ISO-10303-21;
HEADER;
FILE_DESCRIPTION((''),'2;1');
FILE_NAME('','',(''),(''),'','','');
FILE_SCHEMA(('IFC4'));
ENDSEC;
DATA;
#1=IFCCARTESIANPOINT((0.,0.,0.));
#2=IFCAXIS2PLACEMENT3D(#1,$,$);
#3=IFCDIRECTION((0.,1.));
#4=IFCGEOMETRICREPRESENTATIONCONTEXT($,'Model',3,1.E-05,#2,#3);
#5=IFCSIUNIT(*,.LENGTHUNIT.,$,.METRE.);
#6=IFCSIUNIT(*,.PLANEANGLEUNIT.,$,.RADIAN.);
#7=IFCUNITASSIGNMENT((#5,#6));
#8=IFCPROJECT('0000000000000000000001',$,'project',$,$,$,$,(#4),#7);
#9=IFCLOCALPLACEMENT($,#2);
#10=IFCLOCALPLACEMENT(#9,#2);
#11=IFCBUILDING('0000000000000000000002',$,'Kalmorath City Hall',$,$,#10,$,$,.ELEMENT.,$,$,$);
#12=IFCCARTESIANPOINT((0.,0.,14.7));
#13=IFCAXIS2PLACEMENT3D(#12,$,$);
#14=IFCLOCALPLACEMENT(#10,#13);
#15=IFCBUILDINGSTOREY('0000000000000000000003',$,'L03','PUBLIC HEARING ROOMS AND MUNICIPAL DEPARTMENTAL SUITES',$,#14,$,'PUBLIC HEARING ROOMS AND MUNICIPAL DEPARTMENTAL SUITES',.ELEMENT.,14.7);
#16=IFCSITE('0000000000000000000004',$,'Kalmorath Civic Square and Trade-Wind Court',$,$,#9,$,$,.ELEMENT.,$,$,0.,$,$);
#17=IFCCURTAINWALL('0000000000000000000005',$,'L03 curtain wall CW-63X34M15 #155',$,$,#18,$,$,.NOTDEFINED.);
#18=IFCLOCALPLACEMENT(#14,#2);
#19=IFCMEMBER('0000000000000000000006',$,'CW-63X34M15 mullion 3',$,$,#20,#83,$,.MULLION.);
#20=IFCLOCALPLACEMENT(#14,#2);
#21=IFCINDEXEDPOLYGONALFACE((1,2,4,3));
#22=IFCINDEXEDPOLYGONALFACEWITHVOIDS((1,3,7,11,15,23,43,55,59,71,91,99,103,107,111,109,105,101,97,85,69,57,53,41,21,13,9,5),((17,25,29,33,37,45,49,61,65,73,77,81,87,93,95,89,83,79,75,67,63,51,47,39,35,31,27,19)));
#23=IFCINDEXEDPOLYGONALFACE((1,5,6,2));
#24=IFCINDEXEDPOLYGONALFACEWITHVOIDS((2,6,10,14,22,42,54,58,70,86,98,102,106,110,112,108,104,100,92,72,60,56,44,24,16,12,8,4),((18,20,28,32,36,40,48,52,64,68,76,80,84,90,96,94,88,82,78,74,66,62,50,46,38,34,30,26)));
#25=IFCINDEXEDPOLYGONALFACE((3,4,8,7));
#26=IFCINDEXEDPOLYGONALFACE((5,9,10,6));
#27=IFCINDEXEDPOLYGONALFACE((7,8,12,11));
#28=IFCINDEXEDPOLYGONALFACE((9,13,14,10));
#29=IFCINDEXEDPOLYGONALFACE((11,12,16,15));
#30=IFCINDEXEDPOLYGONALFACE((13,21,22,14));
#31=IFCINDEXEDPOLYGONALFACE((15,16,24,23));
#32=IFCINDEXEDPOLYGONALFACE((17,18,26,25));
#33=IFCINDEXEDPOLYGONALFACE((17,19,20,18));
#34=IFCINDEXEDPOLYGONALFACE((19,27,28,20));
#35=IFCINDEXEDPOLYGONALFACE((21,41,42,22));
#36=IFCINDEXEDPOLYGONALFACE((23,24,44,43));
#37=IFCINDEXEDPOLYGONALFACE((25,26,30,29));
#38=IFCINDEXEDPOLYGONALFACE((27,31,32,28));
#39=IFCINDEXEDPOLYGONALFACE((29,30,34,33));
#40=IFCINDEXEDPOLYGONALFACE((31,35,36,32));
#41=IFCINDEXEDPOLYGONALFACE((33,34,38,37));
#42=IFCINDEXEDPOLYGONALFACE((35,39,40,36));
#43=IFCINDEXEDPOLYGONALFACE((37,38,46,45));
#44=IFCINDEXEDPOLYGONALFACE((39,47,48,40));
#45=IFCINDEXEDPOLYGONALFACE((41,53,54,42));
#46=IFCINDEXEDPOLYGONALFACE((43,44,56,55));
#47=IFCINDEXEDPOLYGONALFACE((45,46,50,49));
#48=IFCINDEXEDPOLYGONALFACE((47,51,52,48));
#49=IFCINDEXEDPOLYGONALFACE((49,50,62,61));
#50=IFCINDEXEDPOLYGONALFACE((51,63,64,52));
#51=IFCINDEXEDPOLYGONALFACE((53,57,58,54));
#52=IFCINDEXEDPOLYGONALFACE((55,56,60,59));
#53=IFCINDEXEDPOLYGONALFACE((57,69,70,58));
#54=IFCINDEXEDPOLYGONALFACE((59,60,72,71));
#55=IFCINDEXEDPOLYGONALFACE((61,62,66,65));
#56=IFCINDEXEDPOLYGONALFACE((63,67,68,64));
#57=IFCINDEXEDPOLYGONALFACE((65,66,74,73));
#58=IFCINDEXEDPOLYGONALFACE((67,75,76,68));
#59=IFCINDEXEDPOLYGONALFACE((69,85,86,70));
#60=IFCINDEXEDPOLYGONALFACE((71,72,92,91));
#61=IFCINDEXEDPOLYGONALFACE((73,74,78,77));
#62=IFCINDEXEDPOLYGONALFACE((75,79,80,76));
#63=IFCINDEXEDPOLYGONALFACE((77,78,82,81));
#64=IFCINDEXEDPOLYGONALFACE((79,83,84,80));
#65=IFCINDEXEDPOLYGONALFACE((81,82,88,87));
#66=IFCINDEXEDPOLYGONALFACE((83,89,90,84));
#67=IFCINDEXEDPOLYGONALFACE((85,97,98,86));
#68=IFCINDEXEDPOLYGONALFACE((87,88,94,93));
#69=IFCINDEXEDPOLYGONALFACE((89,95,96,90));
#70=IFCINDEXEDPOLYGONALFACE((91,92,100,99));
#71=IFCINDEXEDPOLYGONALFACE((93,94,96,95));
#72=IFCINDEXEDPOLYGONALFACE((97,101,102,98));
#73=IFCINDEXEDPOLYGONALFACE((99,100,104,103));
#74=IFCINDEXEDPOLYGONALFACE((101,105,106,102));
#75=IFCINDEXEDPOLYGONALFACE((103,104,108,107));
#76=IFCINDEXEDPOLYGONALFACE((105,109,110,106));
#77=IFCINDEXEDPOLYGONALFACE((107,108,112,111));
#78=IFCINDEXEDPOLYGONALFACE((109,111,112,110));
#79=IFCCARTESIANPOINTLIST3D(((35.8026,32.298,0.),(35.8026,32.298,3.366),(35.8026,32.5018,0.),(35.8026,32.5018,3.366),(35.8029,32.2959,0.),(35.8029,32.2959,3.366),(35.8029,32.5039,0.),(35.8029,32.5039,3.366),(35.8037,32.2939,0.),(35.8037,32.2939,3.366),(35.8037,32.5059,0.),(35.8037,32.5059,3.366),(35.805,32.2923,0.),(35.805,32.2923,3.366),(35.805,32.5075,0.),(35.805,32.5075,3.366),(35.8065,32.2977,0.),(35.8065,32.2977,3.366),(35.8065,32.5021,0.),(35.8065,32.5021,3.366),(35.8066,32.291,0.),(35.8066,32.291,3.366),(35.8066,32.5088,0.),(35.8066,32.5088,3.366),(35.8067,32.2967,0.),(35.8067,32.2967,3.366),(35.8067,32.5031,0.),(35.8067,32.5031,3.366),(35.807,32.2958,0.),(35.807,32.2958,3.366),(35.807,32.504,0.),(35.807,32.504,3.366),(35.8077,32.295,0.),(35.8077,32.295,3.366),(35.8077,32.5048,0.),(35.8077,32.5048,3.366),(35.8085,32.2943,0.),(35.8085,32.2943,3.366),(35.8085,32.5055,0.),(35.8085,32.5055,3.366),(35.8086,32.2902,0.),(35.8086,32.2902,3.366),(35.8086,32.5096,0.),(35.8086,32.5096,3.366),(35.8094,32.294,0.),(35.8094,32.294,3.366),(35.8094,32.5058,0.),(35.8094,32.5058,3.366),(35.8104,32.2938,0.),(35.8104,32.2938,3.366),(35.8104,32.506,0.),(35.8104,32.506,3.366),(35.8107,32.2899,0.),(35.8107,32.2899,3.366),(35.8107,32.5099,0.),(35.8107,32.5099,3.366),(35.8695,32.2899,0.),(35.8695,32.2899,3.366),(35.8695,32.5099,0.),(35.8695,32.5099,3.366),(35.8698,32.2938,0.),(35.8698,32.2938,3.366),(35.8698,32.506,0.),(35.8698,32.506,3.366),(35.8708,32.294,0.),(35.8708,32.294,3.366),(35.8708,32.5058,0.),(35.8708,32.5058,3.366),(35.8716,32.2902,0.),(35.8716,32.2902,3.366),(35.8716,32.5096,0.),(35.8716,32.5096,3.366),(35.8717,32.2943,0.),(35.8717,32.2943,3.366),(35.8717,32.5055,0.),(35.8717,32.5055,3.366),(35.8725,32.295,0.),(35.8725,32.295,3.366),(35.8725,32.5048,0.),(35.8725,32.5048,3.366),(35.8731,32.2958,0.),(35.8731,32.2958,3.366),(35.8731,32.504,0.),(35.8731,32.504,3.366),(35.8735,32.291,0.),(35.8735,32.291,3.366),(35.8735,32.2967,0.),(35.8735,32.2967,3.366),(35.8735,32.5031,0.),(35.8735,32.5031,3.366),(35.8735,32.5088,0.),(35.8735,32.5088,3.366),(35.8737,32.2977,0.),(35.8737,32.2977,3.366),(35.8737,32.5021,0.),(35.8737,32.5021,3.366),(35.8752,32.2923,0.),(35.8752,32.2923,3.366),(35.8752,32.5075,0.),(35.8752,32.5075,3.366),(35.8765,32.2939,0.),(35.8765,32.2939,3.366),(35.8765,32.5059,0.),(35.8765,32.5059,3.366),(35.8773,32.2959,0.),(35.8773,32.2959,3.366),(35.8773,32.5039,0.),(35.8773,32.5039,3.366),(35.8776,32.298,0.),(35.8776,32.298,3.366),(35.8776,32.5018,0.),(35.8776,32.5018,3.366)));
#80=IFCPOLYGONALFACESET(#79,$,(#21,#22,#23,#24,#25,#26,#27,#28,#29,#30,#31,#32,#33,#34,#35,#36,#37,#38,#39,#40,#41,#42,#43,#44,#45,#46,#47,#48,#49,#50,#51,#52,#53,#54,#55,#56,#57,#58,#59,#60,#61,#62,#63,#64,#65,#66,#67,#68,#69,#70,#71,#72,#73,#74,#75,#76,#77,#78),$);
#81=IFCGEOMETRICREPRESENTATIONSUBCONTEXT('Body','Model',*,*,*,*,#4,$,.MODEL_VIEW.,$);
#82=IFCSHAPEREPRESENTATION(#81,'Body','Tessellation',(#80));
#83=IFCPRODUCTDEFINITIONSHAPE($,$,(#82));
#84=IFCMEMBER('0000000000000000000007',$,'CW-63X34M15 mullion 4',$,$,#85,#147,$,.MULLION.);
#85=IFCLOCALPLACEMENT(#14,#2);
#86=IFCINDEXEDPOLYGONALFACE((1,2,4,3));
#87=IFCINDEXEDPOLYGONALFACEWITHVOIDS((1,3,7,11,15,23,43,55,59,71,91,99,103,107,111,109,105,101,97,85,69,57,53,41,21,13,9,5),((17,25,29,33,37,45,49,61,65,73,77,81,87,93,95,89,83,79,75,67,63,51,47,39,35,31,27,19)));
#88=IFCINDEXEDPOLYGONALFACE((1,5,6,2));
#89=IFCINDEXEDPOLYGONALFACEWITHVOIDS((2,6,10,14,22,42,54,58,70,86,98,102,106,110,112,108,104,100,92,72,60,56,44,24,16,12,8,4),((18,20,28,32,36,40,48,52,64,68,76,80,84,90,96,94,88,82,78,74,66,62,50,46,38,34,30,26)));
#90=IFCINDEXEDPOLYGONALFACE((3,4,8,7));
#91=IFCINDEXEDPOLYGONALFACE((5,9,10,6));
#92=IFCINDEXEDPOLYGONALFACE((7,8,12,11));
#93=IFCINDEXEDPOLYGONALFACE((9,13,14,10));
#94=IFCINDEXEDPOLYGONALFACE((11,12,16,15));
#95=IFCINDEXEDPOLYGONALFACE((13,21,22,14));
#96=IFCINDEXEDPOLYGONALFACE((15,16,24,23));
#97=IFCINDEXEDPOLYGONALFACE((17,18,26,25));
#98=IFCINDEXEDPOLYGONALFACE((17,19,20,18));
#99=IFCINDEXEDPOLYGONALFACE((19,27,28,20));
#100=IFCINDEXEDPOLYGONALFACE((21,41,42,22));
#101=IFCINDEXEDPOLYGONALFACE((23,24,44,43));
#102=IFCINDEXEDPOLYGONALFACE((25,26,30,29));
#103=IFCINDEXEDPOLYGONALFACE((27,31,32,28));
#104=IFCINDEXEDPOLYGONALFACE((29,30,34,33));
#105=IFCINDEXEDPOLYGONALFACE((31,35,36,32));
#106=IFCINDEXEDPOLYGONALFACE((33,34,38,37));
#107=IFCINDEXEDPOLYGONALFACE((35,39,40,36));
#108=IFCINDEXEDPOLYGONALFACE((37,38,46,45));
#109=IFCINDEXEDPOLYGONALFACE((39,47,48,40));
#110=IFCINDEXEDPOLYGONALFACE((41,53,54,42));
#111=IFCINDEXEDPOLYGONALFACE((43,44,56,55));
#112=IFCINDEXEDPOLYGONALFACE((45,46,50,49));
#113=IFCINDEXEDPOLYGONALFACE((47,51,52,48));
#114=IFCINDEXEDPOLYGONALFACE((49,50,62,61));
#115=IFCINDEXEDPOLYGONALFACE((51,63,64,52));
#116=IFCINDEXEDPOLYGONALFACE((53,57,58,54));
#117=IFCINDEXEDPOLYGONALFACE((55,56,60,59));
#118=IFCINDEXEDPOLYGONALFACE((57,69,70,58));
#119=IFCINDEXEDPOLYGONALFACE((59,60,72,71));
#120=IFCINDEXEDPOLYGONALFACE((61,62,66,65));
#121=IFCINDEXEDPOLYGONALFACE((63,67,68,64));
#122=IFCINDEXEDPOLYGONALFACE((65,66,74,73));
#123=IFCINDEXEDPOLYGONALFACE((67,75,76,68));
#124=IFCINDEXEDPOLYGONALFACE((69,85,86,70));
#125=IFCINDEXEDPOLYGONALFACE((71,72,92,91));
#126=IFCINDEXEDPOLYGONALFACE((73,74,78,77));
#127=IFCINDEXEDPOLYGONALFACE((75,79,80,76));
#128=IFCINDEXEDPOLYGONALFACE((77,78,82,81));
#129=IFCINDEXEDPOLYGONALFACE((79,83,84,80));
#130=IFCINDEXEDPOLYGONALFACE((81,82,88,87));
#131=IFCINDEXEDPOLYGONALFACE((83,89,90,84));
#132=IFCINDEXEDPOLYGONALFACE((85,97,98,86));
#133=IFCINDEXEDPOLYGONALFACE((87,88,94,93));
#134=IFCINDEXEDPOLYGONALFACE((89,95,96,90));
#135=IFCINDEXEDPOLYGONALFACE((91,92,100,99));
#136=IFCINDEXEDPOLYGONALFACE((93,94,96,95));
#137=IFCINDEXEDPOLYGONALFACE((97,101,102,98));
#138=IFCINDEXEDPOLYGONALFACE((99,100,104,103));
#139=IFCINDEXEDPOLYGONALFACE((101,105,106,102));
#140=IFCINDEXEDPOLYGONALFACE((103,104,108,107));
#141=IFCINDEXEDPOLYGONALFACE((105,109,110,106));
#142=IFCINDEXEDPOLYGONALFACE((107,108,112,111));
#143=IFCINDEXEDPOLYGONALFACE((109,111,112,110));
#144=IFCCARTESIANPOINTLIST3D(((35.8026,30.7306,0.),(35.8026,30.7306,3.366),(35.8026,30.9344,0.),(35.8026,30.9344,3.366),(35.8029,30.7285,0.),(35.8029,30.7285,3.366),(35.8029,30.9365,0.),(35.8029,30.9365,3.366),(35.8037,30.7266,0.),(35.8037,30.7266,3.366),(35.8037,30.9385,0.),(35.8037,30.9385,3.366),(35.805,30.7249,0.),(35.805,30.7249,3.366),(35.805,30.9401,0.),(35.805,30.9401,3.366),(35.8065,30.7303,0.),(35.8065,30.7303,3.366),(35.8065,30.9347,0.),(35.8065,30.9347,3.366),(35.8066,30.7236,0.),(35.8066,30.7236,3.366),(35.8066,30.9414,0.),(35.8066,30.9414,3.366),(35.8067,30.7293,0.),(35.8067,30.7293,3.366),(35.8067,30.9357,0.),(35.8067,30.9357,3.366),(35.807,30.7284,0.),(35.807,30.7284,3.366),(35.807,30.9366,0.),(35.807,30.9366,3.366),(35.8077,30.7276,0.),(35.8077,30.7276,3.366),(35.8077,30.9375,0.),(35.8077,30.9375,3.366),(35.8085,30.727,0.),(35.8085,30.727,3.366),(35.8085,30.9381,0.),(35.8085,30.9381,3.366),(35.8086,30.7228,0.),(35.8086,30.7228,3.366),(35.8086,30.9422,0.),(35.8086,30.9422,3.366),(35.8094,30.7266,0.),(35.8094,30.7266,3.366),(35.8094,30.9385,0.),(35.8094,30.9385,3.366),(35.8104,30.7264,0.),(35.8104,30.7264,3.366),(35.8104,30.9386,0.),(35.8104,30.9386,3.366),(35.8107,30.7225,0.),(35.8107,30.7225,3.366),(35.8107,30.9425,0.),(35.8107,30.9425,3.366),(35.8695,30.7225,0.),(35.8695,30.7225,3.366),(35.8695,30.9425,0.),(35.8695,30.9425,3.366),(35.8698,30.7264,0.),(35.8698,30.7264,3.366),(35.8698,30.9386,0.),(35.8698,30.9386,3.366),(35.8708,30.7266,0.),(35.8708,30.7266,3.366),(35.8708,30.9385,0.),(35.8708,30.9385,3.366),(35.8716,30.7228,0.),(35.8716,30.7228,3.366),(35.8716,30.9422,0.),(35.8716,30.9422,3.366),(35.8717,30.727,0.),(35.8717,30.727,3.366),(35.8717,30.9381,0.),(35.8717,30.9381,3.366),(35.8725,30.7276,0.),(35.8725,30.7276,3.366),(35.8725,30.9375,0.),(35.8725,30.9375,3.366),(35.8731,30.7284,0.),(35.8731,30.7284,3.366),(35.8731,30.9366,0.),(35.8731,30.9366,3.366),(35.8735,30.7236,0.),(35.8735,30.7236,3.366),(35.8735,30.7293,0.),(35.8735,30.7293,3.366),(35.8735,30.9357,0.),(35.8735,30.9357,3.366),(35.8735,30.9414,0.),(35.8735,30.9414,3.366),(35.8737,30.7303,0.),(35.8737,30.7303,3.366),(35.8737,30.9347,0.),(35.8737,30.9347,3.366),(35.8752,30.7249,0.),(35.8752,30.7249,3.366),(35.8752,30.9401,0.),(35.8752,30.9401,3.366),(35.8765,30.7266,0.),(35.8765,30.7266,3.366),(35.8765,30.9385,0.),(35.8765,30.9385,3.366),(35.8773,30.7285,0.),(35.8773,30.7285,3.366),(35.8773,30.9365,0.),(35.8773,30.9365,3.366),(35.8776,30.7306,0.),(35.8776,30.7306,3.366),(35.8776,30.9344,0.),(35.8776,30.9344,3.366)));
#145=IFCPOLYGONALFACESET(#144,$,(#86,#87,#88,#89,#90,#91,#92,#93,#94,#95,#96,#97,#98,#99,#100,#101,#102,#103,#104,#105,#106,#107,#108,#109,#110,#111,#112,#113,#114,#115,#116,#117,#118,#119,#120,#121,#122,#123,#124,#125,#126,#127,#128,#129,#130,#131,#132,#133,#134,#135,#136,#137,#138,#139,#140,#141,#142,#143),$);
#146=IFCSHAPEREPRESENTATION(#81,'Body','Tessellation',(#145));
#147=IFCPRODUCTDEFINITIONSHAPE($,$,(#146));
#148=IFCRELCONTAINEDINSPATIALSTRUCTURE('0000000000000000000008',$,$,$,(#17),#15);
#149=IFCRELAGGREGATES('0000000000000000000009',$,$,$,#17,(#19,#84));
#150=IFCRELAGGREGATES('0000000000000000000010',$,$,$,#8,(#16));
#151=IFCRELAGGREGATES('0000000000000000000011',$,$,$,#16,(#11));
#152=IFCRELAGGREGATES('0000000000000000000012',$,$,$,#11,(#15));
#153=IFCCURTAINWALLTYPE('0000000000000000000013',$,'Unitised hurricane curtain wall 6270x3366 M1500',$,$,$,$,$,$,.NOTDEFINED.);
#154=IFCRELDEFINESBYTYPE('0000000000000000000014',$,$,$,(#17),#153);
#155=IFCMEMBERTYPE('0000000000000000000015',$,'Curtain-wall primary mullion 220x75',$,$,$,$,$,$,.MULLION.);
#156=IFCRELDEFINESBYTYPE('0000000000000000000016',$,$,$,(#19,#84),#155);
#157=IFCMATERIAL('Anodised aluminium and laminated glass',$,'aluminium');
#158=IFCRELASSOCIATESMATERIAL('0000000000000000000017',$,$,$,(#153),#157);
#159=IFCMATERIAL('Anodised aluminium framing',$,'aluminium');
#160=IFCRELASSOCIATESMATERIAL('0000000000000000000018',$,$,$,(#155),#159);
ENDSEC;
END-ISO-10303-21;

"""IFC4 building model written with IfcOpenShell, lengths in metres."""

from ifc_helpers import new_model, si_unit, direction, frame, origin, origin_2d, place, context, subcontext, project, spatial, hollow_rectangle, extrude, material, material_profile, profile_set, type_object, element, aggregate, save


model = new_model("IFC4")

# Units and contexts
model_context = context("Model", 3, precision=1e-05, world=origin(), true_north=direction((0.0, 1.0)))
body_context = subcontext(model_context, "Body", "Model", "MODEL_VIEW")
ifc_project = project(units=[si_unit("LENGTHUNIT", "METRE"), si_unit("PLANEANGLEUNIT", "RADIAN")], contexts=[model_context])

# Site, building, storey
site_placement = place(None, origin())
site = spatial("IfcSite", under=ifc_project, at=site_placement, Name="Kalmorath Civic Square and Trade-Wind Court", CompositionType="ELEMENT", RefElevation=0.0)
building_placement = place(site_placement, origin())
building = spatial("IfcBuilding", under=site, at=building_placement, Name="Kalmorath City Hall", CompositionType="ELEMENT")
storey_placement = place(building_placement, frame((0.0, 0.0, 14.7)))
storey = spatial("IfcBuildingStorey", under=building, at=storey_placement, Name="L03", Description="PUBLIC HEARING ROOMS AND MUNICIPAL DEPARTMENTAL SUITES", LongName="PUBLIC HEARING ROOMS AND MUNICIPAL DEPARTMENTAL SUITES", CompositionType="ELEMENT", Elevation=14.7)

# Curtain wall, members
ifc_material_1 = material(Name="Anodised aluminium and laminated glass", Category="aluminium")
curtain_wall_type = type_object("IfcCurtainWallType", Name="Unitised hurricane curtain wall 6270x3366 M1500", PredefinedType="NOTDEFINED", material=ifc_material_1)
curtain_wall_placement = place(storey_placement, origin())
curtain_wall = element("IfcCurtainWall", 1, at=curtain_wall_placement, inside=storey, type_object=curtain_wall_type, Name="L03 curtain wall CW-63X34M15 #155", PredefinedType="NOTDEFINED")
ifc_material_2 = material(Name="Anodised aluminium framing", Category="aluminium")
ifc_material_profile_1 = material_profile(ifc_material_2, hollow_rectangle(XDim=0.075, YDim=0.22, WallThickness=0.0039, InnerFilletRadius=0.0039, OuterFilletRadius=0.0081, at=origin_2d()), Name="ALU-MUL-220X75X4")
ifc_profile_set_1 = profile_set([ifc_material_profile_1], Name="Anodised aluminium framing")
member_type_1 = type_object("IfcMemberType", Name="Curtain-wall primary mullion 220x75", PredefinedType="MULLION", material=ifc_profile_set_1)
member_1_placement = place(storey_placement, frame((35.8401, 32.3999, 0.0), z_axis=(0.0, 0.0, 1.0), x_axis=(1.0, 0.0, 0.0)))
member_1 = element("IfcMember", 2, at=member_1_placement, type_object=member_type_1, Name="CW-63X34M15 mullion 3", PredefinedType="MULLION", context=body_context, shape_type="SweptSolid", body=[
    extrude(hollow_rectangle(XDim=0.075, YDim=0.22, WallThickness=0.0039, InnerFilletRadius=0.0039, OuterFilletRadius=0.0081, at=origin_2d()), origin(), (0.0, 0.0, 1.0), 3.366),
])
member_2_placement = place(storey_placement, frame((35.8401, 30.8325, 0.0), z_axis=(0.0, 0.0, 1.0), x_axis=(1.0, 0.0, 0.0)))
member_2 = element("IfcMember", 3, at=member_2_placement, type_object=member_type_1, Name="CW-63X34M15 mullion 4", PredefinedType="MULLION", context=body_context, shape_type="SweptSolid", body=[
    extrude(hollow_rectangle(XDim=0.075, YDim=0.22, WallThickness=0.0039, InnerFilletRadius=0.0039, OuterFilletRadius=0.0081, at=origin_2d()), origin(), (0.0, 0.0, 1.0), 3.366),
])
aggregate(curtain_wall, [member_1, member_2])

save(model, "model.ifc")
